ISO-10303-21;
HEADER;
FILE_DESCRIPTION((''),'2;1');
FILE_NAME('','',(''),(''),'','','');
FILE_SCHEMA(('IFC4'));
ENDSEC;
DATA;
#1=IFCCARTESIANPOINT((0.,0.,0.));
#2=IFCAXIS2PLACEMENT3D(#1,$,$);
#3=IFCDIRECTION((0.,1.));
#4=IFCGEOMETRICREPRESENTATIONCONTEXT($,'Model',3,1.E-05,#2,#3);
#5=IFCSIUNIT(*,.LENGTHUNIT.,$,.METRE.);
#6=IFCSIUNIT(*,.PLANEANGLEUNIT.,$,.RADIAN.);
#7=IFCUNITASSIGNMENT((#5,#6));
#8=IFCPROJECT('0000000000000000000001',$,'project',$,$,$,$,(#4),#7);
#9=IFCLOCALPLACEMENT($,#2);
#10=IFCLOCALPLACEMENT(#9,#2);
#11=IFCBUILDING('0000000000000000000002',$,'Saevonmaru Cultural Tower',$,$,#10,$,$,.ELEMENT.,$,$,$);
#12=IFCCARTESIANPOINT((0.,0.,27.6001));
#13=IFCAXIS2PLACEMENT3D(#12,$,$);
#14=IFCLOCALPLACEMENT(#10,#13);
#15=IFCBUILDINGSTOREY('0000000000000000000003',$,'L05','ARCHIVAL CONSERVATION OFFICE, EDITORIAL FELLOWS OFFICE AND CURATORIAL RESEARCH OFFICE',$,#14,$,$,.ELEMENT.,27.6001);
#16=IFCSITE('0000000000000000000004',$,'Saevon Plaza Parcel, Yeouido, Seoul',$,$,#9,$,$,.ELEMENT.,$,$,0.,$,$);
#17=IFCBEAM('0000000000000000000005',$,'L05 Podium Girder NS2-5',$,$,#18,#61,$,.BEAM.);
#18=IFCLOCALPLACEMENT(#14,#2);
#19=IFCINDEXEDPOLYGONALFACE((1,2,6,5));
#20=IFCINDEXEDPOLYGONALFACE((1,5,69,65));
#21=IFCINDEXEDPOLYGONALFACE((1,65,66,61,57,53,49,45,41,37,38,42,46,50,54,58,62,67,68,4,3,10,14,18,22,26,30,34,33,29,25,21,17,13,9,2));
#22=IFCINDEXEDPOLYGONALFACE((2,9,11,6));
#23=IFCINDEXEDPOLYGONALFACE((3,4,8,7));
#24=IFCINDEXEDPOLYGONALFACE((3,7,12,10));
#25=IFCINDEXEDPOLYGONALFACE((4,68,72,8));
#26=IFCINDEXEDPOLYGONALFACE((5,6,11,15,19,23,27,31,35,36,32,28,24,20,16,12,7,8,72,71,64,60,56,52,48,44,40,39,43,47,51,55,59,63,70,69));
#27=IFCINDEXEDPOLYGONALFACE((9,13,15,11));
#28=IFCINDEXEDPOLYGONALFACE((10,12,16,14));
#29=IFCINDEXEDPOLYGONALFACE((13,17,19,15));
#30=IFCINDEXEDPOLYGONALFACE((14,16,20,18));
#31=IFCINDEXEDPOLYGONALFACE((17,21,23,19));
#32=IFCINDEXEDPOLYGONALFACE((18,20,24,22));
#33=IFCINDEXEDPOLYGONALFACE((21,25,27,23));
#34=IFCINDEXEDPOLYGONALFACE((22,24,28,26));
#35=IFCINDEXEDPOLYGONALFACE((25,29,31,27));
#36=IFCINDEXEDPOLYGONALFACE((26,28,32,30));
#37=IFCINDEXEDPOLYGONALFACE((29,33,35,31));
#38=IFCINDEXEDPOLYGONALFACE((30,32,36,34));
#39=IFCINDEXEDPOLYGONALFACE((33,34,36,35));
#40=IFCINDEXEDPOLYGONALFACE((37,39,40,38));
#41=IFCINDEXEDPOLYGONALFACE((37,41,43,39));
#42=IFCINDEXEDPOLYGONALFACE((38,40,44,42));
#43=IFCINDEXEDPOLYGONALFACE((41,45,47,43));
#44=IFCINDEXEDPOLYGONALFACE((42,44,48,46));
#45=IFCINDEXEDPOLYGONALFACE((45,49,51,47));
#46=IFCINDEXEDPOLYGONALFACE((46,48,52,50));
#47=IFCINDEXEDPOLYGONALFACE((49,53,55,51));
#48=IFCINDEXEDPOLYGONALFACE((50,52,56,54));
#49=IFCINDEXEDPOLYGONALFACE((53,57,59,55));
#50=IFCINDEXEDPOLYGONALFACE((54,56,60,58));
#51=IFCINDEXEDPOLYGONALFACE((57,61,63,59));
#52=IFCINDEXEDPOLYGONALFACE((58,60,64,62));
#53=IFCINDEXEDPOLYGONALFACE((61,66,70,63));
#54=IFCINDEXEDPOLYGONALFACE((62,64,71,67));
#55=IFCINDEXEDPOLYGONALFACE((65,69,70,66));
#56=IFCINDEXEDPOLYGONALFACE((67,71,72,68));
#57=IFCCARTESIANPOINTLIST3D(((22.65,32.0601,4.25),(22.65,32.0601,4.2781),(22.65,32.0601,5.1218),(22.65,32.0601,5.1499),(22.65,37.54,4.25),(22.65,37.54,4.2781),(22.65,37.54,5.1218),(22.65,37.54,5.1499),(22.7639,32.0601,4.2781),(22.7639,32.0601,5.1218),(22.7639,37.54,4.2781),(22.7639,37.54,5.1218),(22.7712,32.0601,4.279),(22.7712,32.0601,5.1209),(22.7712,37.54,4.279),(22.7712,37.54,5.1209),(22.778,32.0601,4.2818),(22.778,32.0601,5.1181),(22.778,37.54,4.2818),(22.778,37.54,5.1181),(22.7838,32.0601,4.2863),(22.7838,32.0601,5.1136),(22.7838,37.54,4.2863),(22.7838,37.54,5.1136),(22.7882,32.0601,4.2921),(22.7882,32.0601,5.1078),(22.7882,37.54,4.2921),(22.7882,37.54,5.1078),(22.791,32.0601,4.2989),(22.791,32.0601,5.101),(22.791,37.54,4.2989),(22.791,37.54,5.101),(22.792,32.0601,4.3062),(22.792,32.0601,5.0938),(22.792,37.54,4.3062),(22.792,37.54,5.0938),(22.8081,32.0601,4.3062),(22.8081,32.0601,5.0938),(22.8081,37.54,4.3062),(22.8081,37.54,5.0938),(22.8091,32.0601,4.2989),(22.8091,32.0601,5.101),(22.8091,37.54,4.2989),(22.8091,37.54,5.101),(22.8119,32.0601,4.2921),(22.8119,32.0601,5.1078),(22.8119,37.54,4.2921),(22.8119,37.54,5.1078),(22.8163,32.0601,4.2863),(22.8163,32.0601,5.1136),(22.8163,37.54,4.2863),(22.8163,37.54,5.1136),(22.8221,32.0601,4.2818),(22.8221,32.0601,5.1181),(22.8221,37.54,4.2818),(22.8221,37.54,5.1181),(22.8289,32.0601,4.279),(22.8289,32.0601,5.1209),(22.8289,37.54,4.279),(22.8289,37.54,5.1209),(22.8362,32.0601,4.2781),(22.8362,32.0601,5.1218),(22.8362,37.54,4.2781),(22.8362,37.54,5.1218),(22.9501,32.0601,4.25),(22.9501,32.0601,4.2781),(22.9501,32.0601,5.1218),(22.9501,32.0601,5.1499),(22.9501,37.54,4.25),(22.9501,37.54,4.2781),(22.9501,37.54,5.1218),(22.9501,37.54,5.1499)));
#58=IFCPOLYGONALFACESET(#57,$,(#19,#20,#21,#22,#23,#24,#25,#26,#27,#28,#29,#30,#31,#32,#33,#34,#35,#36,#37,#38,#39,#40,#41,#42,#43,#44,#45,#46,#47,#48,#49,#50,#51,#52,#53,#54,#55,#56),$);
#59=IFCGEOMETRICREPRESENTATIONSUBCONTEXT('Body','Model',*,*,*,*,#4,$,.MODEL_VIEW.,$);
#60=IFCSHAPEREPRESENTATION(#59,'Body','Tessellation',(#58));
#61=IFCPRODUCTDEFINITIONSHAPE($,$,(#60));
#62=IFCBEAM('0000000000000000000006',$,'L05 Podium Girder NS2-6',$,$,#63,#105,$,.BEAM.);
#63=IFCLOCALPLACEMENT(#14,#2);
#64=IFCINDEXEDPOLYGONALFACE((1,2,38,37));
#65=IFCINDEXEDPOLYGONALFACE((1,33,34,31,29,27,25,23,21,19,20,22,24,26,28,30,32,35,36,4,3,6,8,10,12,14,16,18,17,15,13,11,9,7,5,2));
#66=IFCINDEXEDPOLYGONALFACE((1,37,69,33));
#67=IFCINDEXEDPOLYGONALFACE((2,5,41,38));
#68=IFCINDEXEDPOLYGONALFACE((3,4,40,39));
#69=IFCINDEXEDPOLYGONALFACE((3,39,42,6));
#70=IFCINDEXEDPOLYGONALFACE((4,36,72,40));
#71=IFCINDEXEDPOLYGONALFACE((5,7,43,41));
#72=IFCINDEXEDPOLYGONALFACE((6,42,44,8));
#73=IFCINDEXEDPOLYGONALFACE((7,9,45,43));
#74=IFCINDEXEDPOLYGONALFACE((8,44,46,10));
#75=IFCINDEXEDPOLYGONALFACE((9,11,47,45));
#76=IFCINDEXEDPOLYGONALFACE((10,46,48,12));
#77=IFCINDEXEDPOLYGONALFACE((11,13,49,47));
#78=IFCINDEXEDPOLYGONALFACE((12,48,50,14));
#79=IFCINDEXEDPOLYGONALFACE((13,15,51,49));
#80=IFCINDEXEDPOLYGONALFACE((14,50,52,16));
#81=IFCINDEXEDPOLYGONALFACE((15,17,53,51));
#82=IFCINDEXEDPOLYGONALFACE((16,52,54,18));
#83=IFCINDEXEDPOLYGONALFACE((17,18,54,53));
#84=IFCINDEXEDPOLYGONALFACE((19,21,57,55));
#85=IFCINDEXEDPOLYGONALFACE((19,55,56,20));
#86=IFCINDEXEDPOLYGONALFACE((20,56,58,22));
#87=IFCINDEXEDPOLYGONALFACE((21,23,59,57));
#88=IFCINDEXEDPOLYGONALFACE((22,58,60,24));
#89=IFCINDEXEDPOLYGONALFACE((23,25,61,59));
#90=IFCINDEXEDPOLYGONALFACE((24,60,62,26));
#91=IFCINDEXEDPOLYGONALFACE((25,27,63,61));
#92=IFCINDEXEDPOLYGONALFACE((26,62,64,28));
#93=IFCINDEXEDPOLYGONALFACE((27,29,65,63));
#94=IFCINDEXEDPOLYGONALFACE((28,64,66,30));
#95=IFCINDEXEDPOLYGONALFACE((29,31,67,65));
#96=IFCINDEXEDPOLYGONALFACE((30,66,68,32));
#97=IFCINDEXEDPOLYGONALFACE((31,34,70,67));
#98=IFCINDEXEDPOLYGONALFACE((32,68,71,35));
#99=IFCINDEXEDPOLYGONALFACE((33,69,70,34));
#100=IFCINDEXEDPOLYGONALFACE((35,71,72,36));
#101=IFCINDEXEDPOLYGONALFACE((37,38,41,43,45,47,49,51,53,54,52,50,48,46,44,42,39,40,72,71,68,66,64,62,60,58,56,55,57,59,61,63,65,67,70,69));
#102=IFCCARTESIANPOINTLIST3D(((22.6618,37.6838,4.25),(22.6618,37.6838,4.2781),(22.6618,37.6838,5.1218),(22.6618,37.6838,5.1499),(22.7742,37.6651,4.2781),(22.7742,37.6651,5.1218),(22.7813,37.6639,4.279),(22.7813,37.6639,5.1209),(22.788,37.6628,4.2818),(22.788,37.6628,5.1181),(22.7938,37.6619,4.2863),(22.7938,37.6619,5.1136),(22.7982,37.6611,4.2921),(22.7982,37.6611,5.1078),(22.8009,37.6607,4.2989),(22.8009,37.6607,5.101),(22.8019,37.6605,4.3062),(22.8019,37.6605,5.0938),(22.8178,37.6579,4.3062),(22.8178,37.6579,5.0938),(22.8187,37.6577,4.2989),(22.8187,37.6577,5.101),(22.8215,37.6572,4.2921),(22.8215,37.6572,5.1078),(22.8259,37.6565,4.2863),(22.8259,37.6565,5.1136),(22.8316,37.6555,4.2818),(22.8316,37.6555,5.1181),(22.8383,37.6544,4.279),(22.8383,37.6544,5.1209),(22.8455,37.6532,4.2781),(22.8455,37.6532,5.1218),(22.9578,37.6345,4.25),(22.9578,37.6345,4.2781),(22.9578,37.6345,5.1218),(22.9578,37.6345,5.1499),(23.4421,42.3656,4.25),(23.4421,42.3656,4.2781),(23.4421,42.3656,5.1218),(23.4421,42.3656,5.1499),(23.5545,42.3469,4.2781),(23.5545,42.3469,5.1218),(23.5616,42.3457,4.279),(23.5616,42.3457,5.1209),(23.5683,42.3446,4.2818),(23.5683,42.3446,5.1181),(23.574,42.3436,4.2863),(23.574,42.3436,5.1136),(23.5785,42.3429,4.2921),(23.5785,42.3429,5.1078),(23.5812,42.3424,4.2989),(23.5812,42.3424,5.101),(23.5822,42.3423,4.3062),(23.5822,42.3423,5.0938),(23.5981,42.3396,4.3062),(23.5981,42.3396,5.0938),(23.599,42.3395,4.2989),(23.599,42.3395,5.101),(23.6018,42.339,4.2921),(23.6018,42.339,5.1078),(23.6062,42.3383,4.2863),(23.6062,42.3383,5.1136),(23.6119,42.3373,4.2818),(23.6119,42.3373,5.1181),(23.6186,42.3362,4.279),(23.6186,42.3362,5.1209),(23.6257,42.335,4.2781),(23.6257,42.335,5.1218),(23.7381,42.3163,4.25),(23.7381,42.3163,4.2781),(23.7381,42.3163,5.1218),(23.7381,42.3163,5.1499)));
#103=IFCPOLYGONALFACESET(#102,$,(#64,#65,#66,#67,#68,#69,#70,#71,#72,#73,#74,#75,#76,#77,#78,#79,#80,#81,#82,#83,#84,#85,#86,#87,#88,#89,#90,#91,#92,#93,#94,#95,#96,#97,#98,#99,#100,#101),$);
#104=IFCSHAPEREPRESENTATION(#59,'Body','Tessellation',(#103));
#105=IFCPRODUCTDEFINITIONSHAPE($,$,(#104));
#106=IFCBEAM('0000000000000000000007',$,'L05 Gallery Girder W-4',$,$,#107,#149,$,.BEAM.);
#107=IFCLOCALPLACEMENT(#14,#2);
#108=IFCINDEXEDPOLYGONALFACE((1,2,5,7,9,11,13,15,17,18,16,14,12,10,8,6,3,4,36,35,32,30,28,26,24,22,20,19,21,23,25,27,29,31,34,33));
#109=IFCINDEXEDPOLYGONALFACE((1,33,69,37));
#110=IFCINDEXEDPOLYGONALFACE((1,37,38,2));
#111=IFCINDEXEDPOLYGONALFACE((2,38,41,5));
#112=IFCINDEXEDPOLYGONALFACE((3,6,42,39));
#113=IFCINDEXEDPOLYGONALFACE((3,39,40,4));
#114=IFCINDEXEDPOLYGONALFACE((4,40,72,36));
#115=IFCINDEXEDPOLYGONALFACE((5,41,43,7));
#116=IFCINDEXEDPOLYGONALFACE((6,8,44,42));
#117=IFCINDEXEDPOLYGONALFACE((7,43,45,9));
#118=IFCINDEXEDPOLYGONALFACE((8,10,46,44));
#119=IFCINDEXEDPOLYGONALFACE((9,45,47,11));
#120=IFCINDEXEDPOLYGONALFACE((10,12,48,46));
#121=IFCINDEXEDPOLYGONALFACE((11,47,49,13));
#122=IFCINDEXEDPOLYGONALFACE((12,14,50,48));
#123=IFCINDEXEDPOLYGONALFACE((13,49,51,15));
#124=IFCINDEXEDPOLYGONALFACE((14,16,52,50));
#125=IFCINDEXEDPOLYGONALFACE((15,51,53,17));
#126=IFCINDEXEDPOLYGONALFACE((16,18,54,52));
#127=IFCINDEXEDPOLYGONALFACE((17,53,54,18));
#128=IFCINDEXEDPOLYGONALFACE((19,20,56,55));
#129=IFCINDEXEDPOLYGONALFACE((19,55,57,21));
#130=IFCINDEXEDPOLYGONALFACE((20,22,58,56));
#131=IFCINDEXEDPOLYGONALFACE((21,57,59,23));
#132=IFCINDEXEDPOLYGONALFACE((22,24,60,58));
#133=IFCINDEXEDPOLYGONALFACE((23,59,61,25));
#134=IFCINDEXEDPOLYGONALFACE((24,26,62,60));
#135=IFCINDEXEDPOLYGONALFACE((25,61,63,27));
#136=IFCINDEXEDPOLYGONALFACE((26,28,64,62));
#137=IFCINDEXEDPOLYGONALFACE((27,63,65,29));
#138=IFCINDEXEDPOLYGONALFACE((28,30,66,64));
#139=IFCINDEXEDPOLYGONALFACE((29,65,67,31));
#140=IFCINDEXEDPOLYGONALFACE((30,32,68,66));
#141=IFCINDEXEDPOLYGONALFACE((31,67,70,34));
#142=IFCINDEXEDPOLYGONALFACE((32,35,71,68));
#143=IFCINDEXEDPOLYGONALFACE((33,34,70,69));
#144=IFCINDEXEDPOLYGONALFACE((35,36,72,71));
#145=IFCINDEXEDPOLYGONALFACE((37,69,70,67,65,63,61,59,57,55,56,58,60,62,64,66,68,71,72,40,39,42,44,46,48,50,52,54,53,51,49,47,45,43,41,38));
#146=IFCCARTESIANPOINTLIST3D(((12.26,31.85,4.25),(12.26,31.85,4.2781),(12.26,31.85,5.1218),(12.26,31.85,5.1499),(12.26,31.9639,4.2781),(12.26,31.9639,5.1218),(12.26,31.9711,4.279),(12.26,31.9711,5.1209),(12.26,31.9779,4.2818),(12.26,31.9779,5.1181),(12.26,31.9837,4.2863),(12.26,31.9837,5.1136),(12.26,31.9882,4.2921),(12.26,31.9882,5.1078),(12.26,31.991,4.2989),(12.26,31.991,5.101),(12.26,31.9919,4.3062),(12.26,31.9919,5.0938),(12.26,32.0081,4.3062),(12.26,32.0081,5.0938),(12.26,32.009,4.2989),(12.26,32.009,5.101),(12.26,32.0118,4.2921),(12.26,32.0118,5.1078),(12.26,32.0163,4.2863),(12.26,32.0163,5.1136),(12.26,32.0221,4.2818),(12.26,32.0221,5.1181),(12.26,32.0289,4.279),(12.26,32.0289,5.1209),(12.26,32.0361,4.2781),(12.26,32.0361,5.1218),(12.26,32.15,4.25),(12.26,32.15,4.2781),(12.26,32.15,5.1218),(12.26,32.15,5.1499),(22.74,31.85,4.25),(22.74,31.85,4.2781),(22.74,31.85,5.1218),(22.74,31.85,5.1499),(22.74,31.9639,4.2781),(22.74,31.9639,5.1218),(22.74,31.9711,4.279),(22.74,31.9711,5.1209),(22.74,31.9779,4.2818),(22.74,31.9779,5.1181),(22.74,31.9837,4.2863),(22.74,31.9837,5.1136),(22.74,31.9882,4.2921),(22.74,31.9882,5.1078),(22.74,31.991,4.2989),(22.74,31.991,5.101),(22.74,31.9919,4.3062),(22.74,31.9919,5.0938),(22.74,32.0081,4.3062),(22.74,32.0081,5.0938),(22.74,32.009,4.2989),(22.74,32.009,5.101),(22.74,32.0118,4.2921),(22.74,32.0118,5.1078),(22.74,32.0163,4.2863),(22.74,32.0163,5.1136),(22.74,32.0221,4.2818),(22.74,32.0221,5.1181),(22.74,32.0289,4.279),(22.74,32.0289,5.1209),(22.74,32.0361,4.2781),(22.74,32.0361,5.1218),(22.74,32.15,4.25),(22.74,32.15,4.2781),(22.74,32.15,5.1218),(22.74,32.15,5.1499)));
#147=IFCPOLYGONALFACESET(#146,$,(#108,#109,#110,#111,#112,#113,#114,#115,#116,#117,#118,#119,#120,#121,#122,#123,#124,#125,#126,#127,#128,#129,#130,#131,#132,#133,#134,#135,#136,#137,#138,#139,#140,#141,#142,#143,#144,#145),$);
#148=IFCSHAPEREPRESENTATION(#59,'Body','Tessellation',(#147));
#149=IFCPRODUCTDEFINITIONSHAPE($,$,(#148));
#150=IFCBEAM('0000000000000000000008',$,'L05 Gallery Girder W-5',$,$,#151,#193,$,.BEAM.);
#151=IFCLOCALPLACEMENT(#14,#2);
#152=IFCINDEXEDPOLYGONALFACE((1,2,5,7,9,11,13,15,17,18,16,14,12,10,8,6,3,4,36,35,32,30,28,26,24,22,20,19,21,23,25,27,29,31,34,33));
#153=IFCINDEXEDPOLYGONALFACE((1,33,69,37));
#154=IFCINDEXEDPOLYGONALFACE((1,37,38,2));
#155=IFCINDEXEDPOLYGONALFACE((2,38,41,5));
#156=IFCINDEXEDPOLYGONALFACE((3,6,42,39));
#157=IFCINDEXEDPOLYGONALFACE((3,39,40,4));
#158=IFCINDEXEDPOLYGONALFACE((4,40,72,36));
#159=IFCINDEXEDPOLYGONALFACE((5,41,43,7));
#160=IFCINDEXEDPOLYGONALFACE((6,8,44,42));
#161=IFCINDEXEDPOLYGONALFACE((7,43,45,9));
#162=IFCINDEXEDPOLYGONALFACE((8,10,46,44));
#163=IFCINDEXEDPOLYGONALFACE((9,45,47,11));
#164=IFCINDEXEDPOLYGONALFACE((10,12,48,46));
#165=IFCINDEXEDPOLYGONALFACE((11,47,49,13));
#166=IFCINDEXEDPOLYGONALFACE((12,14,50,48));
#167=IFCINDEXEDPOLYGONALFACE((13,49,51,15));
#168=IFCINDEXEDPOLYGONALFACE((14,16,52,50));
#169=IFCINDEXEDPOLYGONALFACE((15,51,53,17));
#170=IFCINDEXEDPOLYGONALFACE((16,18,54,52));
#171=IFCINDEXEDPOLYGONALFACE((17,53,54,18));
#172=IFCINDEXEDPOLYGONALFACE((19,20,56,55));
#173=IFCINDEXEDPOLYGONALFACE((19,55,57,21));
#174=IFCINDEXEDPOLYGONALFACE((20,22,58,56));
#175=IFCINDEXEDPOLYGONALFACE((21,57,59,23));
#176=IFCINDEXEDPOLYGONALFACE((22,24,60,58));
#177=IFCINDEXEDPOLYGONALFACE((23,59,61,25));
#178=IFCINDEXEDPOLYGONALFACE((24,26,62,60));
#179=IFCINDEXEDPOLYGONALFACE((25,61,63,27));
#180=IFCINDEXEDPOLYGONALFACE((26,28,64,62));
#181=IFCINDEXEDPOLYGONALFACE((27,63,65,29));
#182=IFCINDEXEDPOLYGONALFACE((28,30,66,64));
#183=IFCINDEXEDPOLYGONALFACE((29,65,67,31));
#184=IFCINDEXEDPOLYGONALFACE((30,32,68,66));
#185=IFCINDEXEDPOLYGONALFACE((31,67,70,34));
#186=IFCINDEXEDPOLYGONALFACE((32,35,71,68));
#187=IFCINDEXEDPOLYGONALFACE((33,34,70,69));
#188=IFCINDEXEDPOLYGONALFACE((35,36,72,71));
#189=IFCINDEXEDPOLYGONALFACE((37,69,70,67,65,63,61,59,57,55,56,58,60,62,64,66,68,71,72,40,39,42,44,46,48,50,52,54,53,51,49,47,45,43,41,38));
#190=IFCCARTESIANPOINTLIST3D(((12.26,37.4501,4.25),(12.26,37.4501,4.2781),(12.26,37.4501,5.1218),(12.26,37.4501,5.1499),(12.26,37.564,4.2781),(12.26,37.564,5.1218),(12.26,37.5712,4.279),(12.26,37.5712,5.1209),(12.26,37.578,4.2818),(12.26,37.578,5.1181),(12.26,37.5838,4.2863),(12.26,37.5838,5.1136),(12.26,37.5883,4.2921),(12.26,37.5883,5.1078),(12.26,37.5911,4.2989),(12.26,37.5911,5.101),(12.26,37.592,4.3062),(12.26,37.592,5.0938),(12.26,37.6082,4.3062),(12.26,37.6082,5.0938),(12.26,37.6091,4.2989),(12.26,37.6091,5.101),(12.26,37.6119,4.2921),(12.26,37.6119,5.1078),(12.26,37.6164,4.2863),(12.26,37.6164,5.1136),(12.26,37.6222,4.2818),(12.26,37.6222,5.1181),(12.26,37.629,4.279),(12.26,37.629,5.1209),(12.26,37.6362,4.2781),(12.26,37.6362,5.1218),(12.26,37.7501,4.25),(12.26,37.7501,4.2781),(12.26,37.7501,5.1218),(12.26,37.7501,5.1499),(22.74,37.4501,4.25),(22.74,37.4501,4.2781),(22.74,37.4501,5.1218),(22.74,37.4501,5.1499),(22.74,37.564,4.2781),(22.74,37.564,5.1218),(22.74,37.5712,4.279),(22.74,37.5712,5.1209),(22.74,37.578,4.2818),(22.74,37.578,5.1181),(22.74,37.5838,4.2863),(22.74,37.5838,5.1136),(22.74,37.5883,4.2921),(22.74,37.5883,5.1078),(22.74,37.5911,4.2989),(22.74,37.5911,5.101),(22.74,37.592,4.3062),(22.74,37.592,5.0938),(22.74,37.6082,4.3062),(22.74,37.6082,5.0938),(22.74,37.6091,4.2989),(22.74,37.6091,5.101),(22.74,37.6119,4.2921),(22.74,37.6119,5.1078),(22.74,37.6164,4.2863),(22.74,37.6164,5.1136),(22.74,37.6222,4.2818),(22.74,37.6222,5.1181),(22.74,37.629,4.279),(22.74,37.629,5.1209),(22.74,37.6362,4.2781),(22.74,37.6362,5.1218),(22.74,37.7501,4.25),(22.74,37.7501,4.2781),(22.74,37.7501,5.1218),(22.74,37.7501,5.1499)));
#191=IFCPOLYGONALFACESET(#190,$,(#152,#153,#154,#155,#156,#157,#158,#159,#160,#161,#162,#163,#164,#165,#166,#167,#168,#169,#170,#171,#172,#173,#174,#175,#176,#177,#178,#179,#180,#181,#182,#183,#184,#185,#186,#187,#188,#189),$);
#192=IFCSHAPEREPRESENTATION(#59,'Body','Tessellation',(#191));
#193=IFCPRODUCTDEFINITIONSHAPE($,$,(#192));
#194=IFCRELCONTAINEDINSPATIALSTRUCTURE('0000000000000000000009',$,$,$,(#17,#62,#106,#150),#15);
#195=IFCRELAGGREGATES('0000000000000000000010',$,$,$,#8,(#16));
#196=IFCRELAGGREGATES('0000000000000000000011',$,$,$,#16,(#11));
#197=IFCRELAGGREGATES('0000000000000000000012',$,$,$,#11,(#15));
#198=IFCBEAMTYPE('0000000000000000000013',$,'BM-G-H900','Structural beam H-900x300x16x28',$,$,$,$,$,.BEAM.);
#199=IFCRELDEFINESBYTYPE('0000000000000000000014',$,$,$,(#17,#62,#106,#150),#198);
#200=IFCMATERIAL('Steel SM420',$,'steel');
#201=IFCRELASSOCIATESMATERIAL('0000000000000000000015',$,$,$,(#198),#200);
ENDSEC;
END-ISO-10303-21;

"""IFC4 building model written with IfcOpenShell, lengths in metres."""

from ifc_helpers import new_model, si_unit, direction, frame, origin, origin_2d, place, context, subcontext, project, spatial, i_section, extrude, material, material_profile, profile_set, type_object, element, save


model = new_model("IFC4")

# Units and contexts
model_context = context("Model", 3, precision=1e-05, world=origin(), true_north=direction((0.0, 1.0)))
body_context = subcontext(model_context, "Body", "Model", "MODEL_VIEW")
ifc_project = project(units=[si_unit("LENGTHUNIT", "METRE"), si_unit("PLANEANGLEUNIT", "RADIAN")], contexts=[model_context])

# Site, building, storey
site_placement = place(None, origin())
site = spatial("IfcSite", under=ifc_project, at=site_placement, Name="Saevon Plaza Parcel, Yeouido, Seoul", CompositionType="ELEMENT", RefElevation=0.0)
building_placement = place(site_placement, origin())
building = spatial("IfcBuilding", under=site, at=building_placement, Name="Saevonmaru Cultural Tower", CompositionType="ELEMENT")
storey_placement = place(building_placement, frame((0.0, 0.0, 27.6001)))
storey = spatial("IfcBuildingStorey", under=building, at=storey_placement, Name="L05", Description="ARCHIVAL CONSERVATION OFFICE, EDITORIAL FELLOWS OFFICE AND CURATORIAL RESEARCH OFFICE", CompositionType="ELEMENT", Elevation=27.6001)

# Shared definitions
ifc_material_1 = material(Name="Steel SM420", Category="steel")

# Beams
ifc_material_profile_1 = material_profile(ifc_material_1, i_section(OverallWidth=0.3, OverallDepth=0.8999, WebThickness=0.0161, FlangeThickness=0.0281, FilletRadius=0.0281, at=origin_2d()), Name="H-900x300x16x28")
ifc_profile_set_1 = profile_set([ifc_material_profile_1], Name="Steel SM420")
beam_type_1 = type_object("IfcBeamType", Name="BM-G-H900", Description="Structural beam H-900x300x16x28", PredefinedType="BEAM", material=ifc_profile_set_1)
beam_1_placement = place(storey_placement, frame((22.8, 32.0601, 4.7), z_axis=(0.0, 1.0, 0.0), x_axis=(-1.0, 0.0, 0.0)))
element("IfcBeam", 1, at=beam_1_placement, inside=storey, type_object=beam_type_1, Name="L05 Podium Girder NS2-5", PredefinedType="BEAM", context=body_context, shape_type="SweptSolid", body=[
    extrude(i_section(OverallWidth=0.3, OverallDepth=0.8999, WebThickness=0.0161, FlangeThickness=0.0281, FilletRadius=0.0281, at=origin_2d()), origin(), (0.0, 0.0, 1.0), 5.48),
])
beam_2_placement = place(storey_placement, frame((22.8098, 37.6592, 4.7), z_axis=(0.164399, 0.986394, 0.0), x_axis=(-0.986394, 0.164399, 0.0)))
element("IfcBeam", 2, at=beam_2_placement, inside=storey, type_object=beam_type_1, Name="L05 Podium Girder NS2-6", PredefinedType="BEAM", context=body_context, shape_type="SweptSolid", body=[
    extrude(i_section(OverallWidth=0.3, OverallDepth=0.8999, WebThickness=0.0161, FlangeThickness=0.0281, FilletRadius=0.0281, at=origin_2d()), origin(), (0.0, 0.0, 1.0), 4.7463),
])
for number, where, z_axis, x_axis, name in (
    (3, (12.26, 32.0, 4.7), (1.0, 0.0, 0.0), (0.0, 1.0, 0.0), "L05 Gallery Girder W-4"),
    (4, (12.26, 37.6001, 4.7), (1.0, 0.0, 0.0), (0.0, 1.0, 0.0), "L05 Gallery Girder W-5"),
):
    element("IfcBeam", number, at=place(storey_placement, frame(where, z_axis=z_axis, x_axis=x_axis)), inside=storey, type_object=beam_type_1, Name=name, PredefinedType="BEAM", context=body_context, shape_type="SweptSolid", body=[
        extrude(i_section(OverallWidth=0.3, OverallDepth=0.8999, WebThickness=0.0161, FlangeThickness=0.0281, FilletRadius=0.0281, at=origin_2d()), origin(), (0.0, 0.0, 1.0), 10.48),
    ])

save(model, "model.ifc")
